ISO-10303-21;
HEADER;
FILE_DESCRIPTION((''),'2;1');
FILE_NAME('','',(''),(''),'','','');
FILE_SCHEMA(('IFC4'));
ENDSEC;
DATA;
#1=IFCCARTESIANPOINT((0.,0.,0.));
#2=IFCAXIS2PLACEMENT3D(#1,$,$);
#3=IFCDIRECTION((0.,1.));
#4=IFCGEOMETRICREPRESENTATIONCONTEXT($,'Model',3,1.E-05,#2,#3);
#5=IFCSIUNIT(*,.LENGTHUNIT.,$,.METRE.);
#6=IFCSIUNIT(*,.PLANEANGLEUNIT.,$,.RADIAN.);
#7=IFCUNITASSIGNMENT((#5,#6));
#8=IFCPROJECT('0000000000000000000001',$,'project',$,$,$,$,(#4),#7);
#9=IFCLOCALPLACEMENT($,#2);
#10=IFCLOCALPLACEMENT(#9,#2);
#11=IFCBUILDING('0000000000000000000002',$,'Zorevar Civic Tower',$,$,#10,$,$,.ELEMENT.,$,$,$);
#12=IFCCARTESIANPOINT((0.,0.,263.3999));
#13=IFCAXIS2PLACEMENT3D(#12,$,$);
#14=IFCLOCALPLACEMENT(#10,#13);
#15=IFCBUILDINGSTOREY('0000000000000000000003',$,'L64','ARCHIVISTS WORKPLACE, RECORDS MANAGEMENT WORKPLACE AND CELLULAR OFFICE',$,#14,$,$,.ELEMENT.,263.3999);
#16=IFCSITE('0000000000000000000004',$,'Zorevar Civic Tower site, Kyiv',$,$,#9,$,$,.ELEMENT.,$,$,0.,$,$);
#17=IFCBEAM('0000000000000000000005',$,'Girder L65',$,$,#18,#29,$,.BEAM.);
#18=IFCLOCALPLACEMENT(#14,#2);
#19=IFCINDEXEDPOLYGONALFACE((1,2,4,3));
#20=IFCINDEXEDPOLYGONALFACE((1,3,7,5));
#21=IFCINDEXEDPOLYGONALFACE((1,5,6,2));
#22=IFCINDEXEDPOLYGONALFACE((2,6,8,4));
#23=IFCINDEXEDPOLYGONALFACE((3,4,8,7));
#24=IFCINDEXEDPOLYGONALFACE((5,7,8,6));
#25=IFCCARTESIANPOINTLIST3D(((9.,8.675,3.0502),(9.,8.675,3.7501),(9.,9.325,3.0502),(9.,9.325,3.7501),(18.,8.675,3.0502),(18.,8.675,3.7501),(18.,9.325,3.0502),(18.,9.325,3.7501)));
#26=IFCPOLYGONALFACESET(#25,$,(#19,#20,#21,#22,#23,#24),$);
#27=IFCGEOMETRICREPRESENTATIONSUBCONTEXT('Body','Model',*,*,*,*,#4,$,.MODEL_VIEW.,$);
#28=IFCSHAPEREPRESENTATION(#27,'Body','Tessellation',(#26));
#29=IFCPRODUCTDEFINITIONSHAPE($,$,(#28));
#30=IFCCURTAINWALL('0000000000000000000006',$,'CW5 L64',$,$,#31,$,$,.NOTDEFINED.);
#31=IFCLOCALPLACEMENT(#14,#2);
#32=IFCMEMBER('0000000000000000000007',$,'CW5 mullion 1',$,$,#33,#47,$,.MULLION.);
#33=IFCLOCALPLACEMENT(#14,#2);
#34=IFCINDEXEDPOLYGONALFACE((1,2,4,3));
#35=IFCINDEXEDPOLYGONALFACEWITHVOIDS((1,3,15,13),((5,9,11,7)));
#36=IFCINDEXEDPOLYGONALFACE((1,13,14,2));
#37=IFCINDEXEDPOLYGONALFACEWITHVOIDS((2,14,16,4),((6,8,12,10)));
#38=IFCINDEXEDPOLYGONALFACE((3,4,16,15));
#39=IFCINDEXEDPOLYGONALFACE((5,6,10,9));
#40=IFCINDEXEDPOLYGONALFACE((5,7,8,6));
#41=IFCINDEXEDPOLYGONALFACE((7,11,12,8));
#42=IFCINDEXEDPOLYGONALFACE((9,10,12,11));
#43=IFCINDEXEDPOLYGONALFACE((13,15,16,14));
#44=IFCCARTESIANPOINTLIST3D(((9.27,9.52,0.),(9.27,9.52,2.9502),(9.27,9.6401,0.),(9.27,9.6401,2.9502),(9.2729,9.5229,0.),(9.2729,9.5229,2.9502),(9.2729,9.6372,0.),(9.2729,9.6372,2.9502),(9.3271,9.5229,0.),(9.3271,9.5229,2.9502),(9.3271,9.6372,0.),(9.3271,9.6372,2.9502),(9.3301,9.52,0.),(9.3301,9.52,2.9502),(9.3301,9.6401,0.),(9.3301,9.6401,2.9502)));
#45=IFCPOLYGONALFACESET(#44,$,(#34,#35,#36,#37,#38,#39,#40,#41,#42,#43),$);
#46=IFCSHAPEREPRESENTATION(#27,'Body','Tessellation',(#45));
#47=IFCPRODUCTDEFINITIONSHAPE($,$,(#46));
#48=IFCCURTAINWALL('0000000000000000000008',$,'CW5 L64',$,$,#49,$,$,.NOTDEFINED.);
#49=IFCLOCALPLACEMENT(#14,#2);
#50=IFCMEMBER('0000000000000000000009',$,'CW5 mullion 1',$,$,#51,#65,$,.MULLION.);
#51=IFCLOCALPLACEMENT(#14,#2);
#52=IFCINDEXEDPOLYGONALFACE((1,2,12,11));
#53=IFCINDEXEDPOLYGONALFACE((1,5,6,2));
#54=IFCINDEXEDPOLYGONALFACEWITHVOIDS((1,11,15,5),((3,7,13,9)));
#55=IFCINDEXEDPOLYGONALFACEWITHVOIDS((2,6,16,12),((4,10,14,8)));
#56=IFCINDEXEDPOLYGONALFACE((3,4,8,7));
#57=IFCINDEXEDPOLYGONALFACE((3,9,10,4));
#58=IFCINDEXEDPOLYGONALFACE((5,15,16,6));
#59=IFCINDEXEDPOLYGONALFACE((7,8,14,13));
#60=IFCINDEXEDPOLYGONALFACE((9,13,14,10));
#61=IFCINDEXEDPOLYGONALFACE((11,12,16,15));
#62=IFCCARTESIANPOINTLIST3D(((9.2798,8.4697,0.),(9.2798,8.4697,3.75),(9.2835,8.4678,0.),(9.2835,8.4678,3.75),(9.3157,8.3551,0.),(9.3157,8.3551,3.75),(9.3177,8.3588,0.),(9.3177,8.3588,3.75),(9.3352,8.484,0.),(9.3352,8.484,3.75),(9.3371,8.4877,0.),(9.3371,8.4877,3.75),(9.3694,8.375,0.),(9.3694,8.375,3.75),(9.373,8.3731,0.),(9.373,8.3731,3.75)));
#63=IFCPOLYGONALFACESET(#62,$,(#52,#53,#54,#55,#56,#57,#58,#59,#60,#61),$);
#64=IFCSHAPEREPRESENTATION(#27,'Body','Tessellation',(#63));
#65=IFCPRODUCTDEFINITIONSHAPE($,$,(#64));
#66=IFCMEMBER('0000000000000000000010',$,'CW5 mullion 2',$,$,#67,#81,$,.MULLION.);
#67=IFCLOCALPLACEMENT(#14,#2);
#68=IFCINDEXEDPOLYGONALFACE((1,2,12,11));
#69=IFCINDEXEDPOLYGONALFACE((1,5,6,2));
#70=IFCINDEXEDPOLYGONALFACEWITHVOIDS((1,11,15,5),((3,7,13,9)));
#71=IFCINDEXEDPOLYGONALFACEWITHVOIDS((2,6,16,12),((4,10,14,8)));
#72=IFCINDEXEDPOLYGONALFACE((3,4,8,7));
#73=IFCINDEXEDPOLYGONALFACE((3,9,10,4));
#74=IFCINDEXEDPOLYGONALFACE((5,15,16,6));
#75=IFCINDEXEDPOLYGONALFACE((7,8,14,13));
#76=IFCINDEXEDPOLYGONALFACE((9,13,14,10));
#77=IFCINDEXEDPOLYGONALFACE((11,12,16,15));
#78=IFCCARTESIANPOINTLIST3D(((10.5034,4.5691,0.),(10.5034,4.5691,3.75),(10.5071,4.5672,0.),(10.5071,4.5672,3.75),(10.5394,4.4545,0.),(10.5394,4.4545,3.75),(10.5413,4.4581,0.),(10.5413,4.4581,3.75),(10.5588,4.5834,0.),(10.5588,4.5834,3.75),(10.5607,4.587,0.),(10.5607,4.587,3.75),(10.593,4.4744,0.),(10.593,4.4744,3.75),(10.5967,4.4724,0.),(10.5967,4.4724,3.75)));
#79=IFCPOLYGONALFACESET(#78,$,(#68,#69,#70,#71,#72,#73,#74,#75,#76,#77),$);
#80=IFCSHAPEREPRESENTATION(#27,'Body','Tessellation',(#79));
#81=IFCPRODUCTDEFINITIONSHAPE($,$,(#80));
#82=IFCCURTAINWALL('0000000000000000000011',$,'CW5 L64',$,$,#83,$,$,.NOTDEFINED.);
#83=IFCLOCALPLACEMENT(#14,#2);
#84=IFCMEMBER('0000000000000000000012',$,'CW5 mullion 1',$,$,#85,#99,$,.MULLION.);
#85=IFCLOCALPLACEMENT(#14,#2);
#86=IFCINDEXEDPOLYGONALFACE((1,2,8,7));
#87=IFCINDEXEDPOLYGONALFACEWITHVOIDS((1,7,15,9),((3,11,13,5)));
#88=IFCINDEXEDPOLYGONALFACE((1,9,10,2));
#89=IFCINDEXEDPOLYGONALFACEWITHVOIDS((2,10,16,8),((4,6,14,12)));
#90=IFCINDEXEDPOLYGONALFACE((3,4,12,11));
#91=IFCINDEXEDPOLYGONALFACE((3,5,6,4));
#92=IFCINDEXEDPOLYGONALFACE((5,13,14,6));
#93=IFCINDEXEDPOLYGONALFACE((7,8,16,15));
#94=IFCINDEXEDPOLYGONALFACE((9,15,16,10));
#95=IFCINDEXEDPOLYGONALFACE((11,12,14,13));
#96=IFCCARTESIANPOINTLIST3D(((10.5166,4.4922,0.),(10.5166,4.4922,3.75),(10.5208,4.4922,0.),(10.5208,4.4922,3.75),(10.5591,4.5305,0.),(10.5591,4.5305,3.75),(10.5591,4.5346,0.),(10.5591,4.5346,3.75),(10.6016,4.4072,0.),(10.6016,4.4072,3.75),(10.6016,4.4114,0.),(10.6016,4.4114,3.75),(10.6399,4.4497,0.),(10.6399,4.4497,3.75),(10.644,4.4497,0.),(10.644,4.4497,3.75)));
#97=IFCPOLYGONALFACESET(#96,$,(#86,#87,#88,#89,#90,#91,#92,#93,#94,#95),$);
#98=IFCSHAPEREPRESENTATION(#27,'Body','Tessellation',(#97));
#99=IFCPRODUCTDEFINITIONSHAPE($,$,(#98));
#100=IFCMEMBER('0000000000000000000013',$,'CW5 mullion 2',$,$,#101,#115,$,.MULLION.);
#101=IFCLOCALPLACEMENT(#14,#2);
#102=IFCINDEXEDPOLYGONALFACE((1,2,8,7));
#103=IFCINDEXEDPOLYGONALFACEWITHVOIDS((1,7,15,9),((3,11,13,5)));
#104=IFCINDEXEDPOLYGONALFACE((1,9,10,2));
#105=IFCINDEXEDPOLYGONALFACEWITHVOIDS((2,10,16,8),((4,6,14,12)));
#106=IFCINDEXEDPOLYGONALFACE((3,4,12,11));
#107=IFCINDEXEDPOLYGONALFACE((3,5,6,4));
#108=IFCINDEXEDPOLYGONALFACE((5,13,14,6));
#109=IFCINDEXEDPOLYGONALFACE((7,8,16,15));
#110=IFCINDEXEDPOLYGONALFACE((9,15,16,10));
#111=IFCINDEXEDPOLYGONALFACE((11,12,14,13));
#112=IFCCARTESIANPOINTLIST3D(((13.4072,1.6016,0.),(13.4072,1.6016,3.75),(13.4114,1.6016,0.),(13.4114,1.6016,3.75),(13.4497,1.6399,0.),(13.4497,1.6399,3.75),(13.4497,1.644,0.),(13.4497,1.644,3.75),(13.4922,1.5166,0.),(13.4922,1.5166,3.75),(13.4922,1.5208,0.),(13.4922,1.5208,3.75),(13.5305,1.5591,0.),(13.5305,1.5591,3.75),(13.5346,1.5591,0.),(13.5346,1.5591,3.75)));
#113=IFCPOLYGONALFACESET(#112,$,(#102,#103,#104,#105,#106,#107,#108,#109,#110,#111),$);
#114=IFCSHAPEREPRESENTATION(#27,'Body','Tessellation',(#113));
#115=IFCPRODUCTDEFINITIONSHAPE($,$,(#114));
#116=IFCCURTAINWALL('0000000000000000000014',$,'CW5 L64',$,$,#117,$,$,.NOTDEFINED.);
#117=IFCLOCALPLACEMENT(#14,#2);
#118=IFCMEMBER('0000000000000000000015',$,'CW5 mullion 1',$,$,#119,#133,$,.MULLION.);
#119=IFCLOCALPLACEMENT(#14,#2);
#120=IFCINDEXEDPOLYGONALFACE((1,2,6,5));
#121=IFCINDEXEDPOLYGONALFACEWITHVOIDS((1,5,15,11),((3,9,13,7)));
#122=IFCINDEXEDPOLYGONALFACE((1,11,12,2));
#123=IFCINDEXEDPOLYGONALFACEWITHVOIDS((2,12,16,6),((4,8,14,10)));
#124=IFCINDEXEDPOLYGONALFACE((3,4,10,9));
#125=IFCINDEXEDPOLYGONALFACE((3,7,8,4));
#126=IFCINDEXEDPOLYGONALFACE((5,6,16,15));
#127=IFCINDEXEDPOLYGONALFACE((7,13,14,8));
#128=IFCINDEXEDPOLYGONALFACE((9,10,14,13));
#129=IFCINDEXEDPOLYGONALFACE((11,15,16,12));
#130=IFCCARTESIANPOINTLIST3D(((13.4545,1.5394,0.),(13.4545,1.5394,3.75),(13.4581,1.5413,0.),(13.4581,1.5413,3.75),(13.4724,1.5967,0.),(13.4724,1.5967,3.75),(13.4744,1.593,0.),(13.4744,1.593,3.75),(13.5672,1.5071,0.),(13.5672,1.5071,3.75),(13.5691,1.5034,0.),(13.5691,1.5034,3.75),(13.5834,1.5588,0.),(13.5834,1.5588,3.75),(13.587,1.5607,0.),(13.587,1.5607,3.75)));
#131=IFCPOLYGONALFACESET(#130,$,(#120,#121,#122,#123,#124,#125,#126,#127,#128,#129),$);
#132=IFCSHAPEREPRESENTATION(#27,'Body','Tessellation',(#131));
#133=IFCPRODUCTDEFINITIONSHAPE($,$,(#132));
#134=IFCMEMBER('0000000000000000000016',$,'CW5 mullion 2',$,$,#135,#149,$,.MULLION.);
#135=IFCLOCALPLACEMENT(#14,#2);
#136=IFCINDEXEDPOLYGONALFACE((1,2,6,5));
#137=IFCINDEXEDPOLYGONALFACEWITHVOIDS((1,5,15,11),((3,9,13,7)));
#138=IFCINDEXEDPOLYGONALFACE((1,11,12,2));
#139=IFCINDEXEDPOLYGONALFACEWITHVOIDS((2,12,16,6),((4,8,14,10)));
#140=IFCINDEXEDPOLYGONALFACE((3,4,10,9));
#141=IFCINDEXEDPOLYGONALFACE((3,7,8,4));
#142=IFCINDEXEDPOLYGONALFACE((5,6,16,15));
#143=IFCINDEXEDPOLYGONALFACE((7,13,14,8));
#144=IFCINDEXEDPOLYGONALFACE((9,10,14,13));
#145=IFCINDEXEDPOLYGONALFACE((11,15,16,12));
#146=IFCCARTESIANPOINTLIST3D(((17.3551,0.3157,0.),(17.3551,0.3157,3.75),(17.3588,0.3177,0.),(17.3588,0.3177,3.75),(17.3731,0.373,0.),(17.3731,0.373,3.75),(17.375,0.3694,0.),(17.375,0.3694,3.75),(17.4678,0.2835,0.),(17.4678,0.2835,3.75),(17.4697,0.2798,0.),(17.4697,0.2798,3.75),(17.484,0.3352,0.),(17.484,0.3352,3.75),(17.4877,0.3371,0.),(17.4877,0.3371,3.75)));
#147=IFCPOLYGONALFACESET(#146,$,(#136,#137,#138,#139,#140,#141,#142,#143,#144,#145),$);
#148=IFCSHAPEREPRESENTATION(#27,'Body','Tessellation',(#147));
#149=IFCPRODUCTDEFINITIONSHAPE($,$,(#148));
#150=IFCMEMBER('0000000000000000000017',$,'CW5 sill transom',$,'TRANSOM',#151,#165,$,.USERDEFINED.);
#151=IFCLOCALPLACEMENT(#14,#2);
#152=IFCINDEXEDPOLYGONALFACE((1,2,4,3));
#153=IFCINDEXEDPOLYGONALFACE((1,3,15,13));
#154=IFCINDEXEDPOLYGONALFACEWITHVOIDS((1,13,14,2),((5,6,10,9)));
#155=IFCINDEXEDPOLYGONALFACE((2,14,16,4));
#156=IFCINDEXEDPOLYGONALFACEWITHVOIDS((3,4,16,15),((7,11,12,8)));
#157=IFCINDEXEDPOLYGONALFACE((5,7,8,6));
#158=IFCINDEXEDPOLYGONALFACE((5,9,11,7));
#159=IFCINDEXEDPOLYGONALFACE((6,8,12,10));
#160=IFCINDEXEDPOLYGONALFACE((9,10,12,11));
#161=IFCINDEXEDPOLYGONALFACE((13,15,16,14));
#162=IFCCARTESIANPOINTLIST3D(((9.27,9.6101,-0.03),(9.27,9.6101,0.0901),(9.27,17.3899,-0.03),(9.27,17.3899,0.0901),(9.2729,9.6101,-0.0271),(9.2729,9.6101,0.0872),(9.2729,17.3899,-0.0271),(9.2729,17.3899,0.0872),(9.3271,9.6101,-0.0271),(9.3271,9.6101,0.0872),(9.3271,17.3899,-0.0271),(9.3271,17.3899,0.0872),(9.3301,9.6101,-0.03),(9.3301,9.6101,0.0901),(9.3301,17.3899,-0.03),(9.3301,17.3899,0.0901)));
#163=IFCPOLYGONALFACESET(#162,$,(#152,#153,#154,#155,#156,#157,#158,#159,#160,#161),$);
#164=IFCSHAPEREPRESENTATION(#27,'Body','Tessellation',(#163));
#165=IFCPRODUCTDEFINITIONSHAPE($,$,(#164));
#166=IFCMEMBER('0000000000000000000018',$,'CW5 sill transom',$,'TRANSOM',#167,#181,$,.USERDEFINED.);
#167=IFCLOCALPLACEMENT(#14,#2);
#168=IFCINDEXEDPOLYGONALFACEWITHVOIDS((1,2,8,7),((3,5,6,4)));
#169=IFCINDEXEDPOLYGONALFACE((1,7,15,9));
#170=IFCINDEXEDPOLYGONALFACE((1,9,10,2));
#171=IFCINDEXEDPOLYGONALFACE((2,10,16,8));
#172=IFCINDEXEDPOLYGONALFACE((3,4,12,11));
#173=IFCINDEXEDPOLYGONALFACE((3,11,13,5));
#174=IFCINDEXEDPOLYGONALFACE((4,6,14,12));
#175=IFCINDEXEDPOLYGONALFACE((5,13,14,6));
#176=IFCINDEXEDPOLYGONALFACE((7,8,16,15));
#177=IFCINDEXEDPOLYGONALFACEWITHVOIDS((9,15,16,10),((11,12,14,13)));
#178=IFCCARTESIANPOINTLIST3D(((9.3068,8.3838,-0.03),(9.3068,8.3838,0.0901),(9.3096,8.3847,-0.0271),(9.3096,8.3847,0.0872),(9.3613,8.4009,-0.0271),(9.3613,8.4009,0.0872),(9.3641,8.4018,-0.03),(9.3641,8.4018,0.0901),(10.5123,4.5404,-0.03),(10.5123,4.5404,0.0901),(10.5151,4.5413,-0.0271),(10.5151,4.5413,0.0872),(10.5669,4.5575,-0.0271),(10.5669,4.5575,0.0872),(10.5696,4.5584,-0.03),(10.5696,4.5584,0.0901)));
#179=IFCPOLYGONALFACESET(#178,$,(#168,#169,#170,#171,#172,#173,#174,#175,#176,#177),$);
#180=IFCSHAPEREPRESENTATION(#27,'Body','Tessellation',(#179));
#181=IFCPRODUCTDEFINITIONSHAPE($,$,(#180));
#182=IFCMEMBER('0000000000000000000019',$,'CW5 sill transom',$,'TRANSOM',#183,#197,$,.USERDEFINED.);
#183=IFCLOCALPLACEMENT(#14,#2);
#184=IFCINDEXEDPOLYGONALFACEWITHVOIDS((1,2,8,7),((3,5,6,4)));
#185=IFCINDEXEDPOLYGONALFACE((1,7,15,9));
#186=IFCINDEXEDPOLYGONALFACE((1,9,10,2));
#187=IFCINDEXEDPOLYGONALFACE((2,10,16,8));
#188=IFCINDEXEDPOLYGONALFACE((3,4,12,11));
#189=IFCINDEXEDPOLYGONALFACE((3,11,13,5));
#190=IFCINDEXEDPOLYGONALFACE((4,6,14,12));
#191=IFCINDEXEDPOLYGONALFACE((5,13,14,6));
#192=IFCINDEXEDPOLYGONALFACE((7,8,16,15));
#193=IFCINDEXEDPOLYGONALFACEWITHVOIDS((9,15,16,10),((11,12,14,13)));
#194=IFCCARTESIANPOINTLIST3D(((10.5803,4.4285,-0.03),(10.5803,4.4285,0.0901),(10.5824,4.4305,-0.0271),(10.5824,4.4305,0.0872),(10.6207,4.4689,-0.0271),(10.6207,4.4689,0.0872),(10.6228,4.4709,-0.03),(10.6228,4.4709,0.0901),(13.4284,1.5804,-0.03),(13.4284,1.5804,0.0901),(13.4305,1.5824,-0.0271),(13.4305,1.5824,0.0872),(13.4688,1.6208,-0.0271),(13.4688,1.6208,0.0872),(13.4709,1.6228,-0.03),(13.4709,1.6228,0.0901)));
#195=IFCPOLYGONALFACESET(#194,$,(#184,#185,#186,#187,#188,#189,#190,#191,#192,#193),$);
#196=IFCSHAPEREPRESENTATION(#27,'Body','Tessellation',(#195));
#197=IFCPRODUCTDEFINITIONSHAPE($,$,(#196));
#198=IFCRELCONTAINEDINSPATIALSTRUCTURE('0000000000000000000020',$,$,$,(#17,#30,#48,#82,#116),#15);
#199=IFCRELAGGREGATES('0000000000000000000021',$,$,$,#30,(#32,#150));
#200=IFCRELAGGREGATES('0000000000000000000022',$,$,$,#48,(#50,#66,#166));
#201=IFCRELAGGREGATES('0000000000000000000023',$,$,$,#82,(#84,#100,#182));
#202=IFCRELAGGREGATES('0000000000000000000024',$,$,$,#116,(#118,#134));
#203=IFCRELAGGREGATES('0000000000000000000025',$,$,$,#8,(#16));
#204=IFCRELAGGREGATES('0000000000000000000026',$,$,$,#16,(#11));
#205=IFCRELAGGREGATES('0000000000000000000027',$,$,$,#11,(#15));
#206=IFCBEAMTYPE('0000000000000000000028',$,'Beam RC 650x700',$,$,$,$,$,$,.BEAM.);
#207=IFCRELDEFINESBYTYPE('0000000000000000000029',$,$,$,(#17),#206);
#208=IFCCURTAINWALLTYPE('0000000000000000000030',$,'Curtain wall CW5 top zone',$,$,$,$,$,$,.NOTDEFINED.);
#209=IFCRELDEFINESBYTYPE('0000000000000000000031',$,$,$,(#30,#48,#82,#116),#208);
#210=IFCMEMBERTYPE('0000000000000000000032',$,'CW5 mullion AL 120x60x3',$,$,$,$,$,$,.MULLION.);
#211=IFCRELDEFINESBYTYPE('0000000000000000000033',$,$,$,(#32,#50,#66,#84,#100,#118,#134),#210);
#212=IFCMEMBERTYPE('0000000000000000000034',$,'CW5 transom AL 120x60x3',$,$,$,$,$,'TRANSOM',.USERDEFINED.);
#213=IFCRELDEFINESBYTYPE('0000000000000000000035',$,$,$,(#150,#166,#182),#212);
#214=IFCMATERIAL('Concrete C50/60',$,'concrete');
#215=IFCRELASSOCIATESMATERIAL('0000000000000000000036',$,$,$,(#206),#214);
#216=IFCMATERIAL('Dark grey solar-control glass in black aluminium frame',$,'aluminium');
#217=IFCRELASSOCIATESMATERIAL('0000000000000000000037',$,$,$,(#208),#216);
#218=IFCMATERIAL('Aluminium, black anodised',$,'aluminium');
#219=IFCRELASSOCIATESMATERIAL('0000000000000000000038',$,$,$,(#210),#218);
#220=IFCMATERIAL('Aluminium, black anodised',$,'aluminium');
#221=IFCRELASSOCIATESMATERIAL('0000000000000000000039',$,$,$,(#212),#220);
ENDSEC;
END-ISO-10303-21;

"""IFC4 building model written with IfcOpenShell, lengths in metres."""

from ifc_helpers import new_model, si_unit, direction, frame, origin, origin_2d, place, context, subcontext, project, spatial, rectangle, hollow_rectangle, extrude, material, material_profile, profile_set, type_object, element, aggregate, save


model = new_model("IFC4")

# Units and contexts
model_context = context("Model", 3, precision=1e-05, world=origin(), true_north=direction((0.0, 1.0)))
body_context = subcontext(model_context, "Body", "Model", "MODEL_VIEW")
ifc_project = project(units=[si_unit("LENGTHUNIT", "METRE"), si_unit("PLANEANGLEUNIT", "RADIAN")], contexts=[model_context])

# Site, building, storey
site_placement = place(None, origin())
site = spatial("IfcSite", under=ifc_project, at=site_placement, Name="Zorevar Civic Tower site, Kyiv", CompositionType="ELEMENT", RefElevation=0.0)
building_placement = place(site_placement, origin())
building = spatial("IfcBuilding", under=site, at=building_placement, Name="Zorevar Civic Tower", CompositionType="ELEMENT")
storey_placement = place(building_placement, frame((0.0, 0.0, 263.3999)))
storey = spatial("IfcBuildingStorey", under=building, at=storey_placement, Name="L64", Description="ARCHIVISTS WORKPLACE, RECORDS MANAGEMENT WORKPLACE AND CELLULAR OFFICE", CompositionType="ELEMENT", Elevation=263.3999)

# Beam
ifc_material_1 = material(Name="Concrete C50/60", Category="concrete")
ifc_material_profile_1 = material_profile(ifc_material_1, rectangle(XDim=0.6499, YDim=0.7, at=origin_2d()), Name="RC 650x700")
ifc_profile_set_1 = profile_set([ifc_material_profile_1], Name="Concrete C50/60")
beam_type_1 = type_object("IfcBeamType", Name="Beam RC 650x700", PredefinedType="BEAM", material=ifc_profile_set_1)
beam_1_placement = place(storey_placement, frame((9.0, 9.0, 3.4001), z_axis=(1.0, 0.0, 0.0), x_axis=(0.0, 1.0, 0.0)))
element("IfcBeam", 1, at=beam_1_placement, inside=storey, type_object=beam_type_1, Name="Girder L65", PredefinedType="BEAM", context=body_context, shape_type="SweptSolid", body=[
    extrude(rectangle(XDim=0.6499, YDim=0.7, at=origin_2d()), origin(), (0.0, 0.0, 1.0), 9.0),
])

# Curtain wall, member
ifc_material_2 = material(Name="Dark grey solar-control glass in black aluminium frame", Category="aluminium")
curtain_wall_type = type_object("IfcCurtainWallType", Name="Curtain wall CW5 top zone", PredefinedType="NOTDEFINED", material=ifc_material_2)
curtain_wall_1_placement = place(storey_placement, origin())
curtain_wall_1 = element("IfcCurtainWall", 2, at=curtain_wall_1_placement, inside=storey, type_object=curtain_wall_type, Name="CW5 L64", PredefinedType="NOTDEFINED")
ifc_material_3 = material(Name="Aluminium, black anodised", Category="aluminium")
ifc_material_profile_2 = material_profile(ifc_material_3, hollow_rectangle(XDim=0.0601, YDim=0.1201, WallThickness=0.0029, at=origin_2d()), Name="AL 120x60x3")
ifc_profile_set_2 = profile_set([ifc_material_profile_2], Name="Aluminium, black anodised")
member_type_1 = type_object("IfcMemberType", Name="CW5 mullion AL 120x60x3", PredefinedType="MULLION", material=ifc_profile_set_2)
member_1_placement = place(storey_placement, frame((9.3, 9.5801, 0.0), z_axis=(0.0, 0.0, 1.0), x_axis=(-1.0, 0.0, 0.0)))
member_1 = element("IfcMember", 3, at=member_1_placement, type_object=member_type_1, Name="CW5 mullion 1", PredefinedType="MULLION", context=body_context, shape_type="SweptSolid", body=[
    extrude(hollow_rectangle(XDim=0.0601, YDim=0.1201, WallThickness=0.0029, at=origin_2d()), origin(), (0.0, 0.0, 1.0), 2.9502),
])

# Curtain walls, members
curtain_wall_2_placement = place(storey_placement, origin())
curtain_wall_2 = element("IfcCurtainWall", 4, at=curtain_wall_2_placement, inside=storey, type_object=curtain_wall_type, Name="CW5 L64", PredefinedType="NOTDEFINED")
member_2_placement = place(storey_placement, frame((9.3264, 8.4214, 0.0), z_axis=(0.0, 0.0, 1.0), x_axis=(0.954153, 0.299318, 0.0)))
member_2 = element("IfcMember", 5, at=member_2_placement, type_object=member_type_1, Name="CW5 mullion 1", PredefinedType="MULLION", context=body_context, shape_type="SweptSolid", body=[
    extrude(hollow_rectangle(XDim=0.0601, YDim=0.1201, WallThickness=0.0029, at=origin_2d()), origin(), (0.0, 0.0, 1.0), 3.75),
])
member_3_placement = place(storey_placement, frame((10.55, 4.5208, 0.0), z_axis=(0.0, 0.0, 1.0), x_axis=(0.954153, 0.299318, 0.0)))
member_3 = element("IfcMember", 6, at=member_3_placement, type_object=member_type_1, Name="CW5 mullion 2", PredefinedType="MULLION", context=body_context, shape_type="SweptSolid", body=[
    extrude(hollow_rectangle(XDim=0.0601, YDim=0.1201, WallThickness=0.0029, at=origin_2d()), origin(), (0.0, 0.0, 1.0), 3.75),
])
curtain_wall_3_placement = place(storey_placement, origin())
curtain_wall_3 = element("IfcCurtainWall", 7, at=curtain_wall_3_placement, inside=storey, type_object=curtain_wall_type, Name="CW5 L64", PredefinedType="NOTDEFINED")
member_4_placement = place(storey_placement, frame((10.5803, 4.4709, 0.0), z_axis=(0.0, 0.0, 1.0), x_axis=(0.707107, 0.707107, 0.0)))
member_4 = element("IfcMember", 8, at=member_4_placement, type_object=member_type_1, Name="CW5 mullion 1", PredefinedType="MULLION", context=body_context, shape_type="SweptSolid", body=[
    extrude(hollow_rectangle(XDim=0.0601, YDim=0.1201, WallThickness=0.0029, at=origin_2d()), origin(), (0.0, 0.0, 1.0), 3.75),
])
member_5_placement = place(storey_placement, frame((13.4709, 1.5803, 0.0), z_axis=(0.0, 0.0, 1.0), x_axis=(0.707107, 0.707107, 0.0)))
member_5 = element("IfcMember", 9, at=member_5_placement, type_object=member_type_1, Name="CW5 mullion 2", PredefinedType="MULLION", context=body_context, shape_type="SweptSolid", body=[
    extrude(hollow_rectangle(XDim=0.0601, YDim=0.1201, WallThickness=0.0029, at=origin_2d()), origin(), (0.0, 0.0, 1.0), 3.75),
])
curtain_wall_4_placement = place(storey_placement, origin())
curtain_wall_4 = element("IfcCurtainWall", 10, at=curtain_wall_4_placement, inside=storey, type_object=curtain_wall_type, Name="CW5 L64", PredefinedType="NOTDEFINED")
member_6_placement = place(storey_placement, frame((13.5208, 1.55, 0.0), z_axis=(0.0, 0.0, 1.0), x_axis=(0.299318, 0.954153, 0.0)))
member_6 = element("IfcMember", 11, at=member_6_placement, type_object=member_type_1, Name="CW5 mullion 1", PredefinedType="MULLION", context=body_context, shape_type="SweptSolid", body=[
    extrude(hollow_rectangle(XDim=0.0601, YDim=0.1201, WallThickness=0.0029, at=origin_2d()), origin(), (0.0, 0.0, 1.0), 3.75),
])
member_7_placement = place(storey_placement, frame((17.4214, 0.3264, 0.0), z_axis=(0.0, 0.0, 1.0), x_axis=(0.299318, 0.954153, 0.0)))
member_7 = element("IfcMember", 12, at=member_7_placement, type_object=member_type_1, Name="CW5 mullion 2", PredefinedType="MULLION", context=body_context, shape_type="SweptSolid", body=[
    extrude(hollow_rectangle(XDim=0.0601, YDim=0.1201, WallThickness=0.0029, at=origin_2d()), origin(), (0.0, 0.0, 1.0), 3.75),
])

# Members
ifc_material_4 = material(Name="Aluminium, black anodised", Category="aluminium")
ifc_material_profile_3 = material_profile(ifc_material_4, hollow_rectangle(XDim=0.0601, YDim=0.1201, WallThickness=0.0029, at=origin_2d()), Name="AL 120x60x3")
ifc_profile_set_3 = profile_set([ifc_material_profile_3], Name="Aluminium, black anodised")
member_type_2 = type_object("IfcMemberType", Name="CW5 transom AL 120x60x3", ElementType="TRANSOM", PredefinedType="USERDEFINED", material=ifc_profile_set_3)
member_8_placement = place(storey_placement, frame((9.3, 9.6101, 0.03), z_axis=(0.0, 1.0, 0.0), x_axis=(-1.0, 0.0, 0.0)))
member_8 = element("IfcMember", 13, at=member_8_placement, type_object=member_type_2, Name="CW5 sill transom", ObjectType="TRANSOM", PredefinedType="USERDEFINED", context=body_context, shape_type="SweptSolid", body=[
    extrude(hollow_rectangle(XDim=0.0601, YDim=0.1201, WallThickness=0.0029, at=origin_2d()), origin(), (0.0, 0.0, 1.0), 7.7798),
])
member_9_placement = place(storey_placement, frame((9.3354, 8.3928, 0.03), z_axis=(0.299286, -0.954163, 0.0), x_axis=(0.954163, 0.299286, 0.0)))
member_9 = element("IfcMember", 14, at=member_9_placement, type_object=member_type_2, Name="CW5 sill transom", ObjectType="TRANSOM", PredefinedType="USERDEFINED", context=body_context, shape_type="SweptSolid", body=[
    extrude(hollow_rectangle(XDim=0.0601, YDim=0.1201, WallThickness=0.0029, at=origin_2d()), origin(), (0.0, 0.0, 1.0), 4.0281),
])
member_10_placement = place(storey_placement, frame((10.6016, 4.4497, 0.03), z_axis=(0.707107, -0.707107, 0.0), x_axis=(0.707107, 0.707107, 0.0)))
member_10 = element("IfcMember", 15, at=member_10_placement, type_object=member_type_2, Name="CW5 sill transom", ObjectType="TRANSOM", PredefinedType="USERDEFINED", context=body_context, shape_type="SweptSolid", body=[
    extrude(hollow_rectangle(XDim=0.0601, YDim=0.1201, WallThickness=0.0029, at=origin_2d()), origin(), (0.0, 0.0, 1.0), 4.0278),
])

aggregate(curtain_wall_1, [member_1, member_8])
aggregate(curtain_wall_2, [member_2, member_3, member_9])
aggregate(curtain_wall_3, [member_4, member_5, member_10])
aggregate(curtain_wall_4, [member_6, member_7])

save(model, "model.ifc")
